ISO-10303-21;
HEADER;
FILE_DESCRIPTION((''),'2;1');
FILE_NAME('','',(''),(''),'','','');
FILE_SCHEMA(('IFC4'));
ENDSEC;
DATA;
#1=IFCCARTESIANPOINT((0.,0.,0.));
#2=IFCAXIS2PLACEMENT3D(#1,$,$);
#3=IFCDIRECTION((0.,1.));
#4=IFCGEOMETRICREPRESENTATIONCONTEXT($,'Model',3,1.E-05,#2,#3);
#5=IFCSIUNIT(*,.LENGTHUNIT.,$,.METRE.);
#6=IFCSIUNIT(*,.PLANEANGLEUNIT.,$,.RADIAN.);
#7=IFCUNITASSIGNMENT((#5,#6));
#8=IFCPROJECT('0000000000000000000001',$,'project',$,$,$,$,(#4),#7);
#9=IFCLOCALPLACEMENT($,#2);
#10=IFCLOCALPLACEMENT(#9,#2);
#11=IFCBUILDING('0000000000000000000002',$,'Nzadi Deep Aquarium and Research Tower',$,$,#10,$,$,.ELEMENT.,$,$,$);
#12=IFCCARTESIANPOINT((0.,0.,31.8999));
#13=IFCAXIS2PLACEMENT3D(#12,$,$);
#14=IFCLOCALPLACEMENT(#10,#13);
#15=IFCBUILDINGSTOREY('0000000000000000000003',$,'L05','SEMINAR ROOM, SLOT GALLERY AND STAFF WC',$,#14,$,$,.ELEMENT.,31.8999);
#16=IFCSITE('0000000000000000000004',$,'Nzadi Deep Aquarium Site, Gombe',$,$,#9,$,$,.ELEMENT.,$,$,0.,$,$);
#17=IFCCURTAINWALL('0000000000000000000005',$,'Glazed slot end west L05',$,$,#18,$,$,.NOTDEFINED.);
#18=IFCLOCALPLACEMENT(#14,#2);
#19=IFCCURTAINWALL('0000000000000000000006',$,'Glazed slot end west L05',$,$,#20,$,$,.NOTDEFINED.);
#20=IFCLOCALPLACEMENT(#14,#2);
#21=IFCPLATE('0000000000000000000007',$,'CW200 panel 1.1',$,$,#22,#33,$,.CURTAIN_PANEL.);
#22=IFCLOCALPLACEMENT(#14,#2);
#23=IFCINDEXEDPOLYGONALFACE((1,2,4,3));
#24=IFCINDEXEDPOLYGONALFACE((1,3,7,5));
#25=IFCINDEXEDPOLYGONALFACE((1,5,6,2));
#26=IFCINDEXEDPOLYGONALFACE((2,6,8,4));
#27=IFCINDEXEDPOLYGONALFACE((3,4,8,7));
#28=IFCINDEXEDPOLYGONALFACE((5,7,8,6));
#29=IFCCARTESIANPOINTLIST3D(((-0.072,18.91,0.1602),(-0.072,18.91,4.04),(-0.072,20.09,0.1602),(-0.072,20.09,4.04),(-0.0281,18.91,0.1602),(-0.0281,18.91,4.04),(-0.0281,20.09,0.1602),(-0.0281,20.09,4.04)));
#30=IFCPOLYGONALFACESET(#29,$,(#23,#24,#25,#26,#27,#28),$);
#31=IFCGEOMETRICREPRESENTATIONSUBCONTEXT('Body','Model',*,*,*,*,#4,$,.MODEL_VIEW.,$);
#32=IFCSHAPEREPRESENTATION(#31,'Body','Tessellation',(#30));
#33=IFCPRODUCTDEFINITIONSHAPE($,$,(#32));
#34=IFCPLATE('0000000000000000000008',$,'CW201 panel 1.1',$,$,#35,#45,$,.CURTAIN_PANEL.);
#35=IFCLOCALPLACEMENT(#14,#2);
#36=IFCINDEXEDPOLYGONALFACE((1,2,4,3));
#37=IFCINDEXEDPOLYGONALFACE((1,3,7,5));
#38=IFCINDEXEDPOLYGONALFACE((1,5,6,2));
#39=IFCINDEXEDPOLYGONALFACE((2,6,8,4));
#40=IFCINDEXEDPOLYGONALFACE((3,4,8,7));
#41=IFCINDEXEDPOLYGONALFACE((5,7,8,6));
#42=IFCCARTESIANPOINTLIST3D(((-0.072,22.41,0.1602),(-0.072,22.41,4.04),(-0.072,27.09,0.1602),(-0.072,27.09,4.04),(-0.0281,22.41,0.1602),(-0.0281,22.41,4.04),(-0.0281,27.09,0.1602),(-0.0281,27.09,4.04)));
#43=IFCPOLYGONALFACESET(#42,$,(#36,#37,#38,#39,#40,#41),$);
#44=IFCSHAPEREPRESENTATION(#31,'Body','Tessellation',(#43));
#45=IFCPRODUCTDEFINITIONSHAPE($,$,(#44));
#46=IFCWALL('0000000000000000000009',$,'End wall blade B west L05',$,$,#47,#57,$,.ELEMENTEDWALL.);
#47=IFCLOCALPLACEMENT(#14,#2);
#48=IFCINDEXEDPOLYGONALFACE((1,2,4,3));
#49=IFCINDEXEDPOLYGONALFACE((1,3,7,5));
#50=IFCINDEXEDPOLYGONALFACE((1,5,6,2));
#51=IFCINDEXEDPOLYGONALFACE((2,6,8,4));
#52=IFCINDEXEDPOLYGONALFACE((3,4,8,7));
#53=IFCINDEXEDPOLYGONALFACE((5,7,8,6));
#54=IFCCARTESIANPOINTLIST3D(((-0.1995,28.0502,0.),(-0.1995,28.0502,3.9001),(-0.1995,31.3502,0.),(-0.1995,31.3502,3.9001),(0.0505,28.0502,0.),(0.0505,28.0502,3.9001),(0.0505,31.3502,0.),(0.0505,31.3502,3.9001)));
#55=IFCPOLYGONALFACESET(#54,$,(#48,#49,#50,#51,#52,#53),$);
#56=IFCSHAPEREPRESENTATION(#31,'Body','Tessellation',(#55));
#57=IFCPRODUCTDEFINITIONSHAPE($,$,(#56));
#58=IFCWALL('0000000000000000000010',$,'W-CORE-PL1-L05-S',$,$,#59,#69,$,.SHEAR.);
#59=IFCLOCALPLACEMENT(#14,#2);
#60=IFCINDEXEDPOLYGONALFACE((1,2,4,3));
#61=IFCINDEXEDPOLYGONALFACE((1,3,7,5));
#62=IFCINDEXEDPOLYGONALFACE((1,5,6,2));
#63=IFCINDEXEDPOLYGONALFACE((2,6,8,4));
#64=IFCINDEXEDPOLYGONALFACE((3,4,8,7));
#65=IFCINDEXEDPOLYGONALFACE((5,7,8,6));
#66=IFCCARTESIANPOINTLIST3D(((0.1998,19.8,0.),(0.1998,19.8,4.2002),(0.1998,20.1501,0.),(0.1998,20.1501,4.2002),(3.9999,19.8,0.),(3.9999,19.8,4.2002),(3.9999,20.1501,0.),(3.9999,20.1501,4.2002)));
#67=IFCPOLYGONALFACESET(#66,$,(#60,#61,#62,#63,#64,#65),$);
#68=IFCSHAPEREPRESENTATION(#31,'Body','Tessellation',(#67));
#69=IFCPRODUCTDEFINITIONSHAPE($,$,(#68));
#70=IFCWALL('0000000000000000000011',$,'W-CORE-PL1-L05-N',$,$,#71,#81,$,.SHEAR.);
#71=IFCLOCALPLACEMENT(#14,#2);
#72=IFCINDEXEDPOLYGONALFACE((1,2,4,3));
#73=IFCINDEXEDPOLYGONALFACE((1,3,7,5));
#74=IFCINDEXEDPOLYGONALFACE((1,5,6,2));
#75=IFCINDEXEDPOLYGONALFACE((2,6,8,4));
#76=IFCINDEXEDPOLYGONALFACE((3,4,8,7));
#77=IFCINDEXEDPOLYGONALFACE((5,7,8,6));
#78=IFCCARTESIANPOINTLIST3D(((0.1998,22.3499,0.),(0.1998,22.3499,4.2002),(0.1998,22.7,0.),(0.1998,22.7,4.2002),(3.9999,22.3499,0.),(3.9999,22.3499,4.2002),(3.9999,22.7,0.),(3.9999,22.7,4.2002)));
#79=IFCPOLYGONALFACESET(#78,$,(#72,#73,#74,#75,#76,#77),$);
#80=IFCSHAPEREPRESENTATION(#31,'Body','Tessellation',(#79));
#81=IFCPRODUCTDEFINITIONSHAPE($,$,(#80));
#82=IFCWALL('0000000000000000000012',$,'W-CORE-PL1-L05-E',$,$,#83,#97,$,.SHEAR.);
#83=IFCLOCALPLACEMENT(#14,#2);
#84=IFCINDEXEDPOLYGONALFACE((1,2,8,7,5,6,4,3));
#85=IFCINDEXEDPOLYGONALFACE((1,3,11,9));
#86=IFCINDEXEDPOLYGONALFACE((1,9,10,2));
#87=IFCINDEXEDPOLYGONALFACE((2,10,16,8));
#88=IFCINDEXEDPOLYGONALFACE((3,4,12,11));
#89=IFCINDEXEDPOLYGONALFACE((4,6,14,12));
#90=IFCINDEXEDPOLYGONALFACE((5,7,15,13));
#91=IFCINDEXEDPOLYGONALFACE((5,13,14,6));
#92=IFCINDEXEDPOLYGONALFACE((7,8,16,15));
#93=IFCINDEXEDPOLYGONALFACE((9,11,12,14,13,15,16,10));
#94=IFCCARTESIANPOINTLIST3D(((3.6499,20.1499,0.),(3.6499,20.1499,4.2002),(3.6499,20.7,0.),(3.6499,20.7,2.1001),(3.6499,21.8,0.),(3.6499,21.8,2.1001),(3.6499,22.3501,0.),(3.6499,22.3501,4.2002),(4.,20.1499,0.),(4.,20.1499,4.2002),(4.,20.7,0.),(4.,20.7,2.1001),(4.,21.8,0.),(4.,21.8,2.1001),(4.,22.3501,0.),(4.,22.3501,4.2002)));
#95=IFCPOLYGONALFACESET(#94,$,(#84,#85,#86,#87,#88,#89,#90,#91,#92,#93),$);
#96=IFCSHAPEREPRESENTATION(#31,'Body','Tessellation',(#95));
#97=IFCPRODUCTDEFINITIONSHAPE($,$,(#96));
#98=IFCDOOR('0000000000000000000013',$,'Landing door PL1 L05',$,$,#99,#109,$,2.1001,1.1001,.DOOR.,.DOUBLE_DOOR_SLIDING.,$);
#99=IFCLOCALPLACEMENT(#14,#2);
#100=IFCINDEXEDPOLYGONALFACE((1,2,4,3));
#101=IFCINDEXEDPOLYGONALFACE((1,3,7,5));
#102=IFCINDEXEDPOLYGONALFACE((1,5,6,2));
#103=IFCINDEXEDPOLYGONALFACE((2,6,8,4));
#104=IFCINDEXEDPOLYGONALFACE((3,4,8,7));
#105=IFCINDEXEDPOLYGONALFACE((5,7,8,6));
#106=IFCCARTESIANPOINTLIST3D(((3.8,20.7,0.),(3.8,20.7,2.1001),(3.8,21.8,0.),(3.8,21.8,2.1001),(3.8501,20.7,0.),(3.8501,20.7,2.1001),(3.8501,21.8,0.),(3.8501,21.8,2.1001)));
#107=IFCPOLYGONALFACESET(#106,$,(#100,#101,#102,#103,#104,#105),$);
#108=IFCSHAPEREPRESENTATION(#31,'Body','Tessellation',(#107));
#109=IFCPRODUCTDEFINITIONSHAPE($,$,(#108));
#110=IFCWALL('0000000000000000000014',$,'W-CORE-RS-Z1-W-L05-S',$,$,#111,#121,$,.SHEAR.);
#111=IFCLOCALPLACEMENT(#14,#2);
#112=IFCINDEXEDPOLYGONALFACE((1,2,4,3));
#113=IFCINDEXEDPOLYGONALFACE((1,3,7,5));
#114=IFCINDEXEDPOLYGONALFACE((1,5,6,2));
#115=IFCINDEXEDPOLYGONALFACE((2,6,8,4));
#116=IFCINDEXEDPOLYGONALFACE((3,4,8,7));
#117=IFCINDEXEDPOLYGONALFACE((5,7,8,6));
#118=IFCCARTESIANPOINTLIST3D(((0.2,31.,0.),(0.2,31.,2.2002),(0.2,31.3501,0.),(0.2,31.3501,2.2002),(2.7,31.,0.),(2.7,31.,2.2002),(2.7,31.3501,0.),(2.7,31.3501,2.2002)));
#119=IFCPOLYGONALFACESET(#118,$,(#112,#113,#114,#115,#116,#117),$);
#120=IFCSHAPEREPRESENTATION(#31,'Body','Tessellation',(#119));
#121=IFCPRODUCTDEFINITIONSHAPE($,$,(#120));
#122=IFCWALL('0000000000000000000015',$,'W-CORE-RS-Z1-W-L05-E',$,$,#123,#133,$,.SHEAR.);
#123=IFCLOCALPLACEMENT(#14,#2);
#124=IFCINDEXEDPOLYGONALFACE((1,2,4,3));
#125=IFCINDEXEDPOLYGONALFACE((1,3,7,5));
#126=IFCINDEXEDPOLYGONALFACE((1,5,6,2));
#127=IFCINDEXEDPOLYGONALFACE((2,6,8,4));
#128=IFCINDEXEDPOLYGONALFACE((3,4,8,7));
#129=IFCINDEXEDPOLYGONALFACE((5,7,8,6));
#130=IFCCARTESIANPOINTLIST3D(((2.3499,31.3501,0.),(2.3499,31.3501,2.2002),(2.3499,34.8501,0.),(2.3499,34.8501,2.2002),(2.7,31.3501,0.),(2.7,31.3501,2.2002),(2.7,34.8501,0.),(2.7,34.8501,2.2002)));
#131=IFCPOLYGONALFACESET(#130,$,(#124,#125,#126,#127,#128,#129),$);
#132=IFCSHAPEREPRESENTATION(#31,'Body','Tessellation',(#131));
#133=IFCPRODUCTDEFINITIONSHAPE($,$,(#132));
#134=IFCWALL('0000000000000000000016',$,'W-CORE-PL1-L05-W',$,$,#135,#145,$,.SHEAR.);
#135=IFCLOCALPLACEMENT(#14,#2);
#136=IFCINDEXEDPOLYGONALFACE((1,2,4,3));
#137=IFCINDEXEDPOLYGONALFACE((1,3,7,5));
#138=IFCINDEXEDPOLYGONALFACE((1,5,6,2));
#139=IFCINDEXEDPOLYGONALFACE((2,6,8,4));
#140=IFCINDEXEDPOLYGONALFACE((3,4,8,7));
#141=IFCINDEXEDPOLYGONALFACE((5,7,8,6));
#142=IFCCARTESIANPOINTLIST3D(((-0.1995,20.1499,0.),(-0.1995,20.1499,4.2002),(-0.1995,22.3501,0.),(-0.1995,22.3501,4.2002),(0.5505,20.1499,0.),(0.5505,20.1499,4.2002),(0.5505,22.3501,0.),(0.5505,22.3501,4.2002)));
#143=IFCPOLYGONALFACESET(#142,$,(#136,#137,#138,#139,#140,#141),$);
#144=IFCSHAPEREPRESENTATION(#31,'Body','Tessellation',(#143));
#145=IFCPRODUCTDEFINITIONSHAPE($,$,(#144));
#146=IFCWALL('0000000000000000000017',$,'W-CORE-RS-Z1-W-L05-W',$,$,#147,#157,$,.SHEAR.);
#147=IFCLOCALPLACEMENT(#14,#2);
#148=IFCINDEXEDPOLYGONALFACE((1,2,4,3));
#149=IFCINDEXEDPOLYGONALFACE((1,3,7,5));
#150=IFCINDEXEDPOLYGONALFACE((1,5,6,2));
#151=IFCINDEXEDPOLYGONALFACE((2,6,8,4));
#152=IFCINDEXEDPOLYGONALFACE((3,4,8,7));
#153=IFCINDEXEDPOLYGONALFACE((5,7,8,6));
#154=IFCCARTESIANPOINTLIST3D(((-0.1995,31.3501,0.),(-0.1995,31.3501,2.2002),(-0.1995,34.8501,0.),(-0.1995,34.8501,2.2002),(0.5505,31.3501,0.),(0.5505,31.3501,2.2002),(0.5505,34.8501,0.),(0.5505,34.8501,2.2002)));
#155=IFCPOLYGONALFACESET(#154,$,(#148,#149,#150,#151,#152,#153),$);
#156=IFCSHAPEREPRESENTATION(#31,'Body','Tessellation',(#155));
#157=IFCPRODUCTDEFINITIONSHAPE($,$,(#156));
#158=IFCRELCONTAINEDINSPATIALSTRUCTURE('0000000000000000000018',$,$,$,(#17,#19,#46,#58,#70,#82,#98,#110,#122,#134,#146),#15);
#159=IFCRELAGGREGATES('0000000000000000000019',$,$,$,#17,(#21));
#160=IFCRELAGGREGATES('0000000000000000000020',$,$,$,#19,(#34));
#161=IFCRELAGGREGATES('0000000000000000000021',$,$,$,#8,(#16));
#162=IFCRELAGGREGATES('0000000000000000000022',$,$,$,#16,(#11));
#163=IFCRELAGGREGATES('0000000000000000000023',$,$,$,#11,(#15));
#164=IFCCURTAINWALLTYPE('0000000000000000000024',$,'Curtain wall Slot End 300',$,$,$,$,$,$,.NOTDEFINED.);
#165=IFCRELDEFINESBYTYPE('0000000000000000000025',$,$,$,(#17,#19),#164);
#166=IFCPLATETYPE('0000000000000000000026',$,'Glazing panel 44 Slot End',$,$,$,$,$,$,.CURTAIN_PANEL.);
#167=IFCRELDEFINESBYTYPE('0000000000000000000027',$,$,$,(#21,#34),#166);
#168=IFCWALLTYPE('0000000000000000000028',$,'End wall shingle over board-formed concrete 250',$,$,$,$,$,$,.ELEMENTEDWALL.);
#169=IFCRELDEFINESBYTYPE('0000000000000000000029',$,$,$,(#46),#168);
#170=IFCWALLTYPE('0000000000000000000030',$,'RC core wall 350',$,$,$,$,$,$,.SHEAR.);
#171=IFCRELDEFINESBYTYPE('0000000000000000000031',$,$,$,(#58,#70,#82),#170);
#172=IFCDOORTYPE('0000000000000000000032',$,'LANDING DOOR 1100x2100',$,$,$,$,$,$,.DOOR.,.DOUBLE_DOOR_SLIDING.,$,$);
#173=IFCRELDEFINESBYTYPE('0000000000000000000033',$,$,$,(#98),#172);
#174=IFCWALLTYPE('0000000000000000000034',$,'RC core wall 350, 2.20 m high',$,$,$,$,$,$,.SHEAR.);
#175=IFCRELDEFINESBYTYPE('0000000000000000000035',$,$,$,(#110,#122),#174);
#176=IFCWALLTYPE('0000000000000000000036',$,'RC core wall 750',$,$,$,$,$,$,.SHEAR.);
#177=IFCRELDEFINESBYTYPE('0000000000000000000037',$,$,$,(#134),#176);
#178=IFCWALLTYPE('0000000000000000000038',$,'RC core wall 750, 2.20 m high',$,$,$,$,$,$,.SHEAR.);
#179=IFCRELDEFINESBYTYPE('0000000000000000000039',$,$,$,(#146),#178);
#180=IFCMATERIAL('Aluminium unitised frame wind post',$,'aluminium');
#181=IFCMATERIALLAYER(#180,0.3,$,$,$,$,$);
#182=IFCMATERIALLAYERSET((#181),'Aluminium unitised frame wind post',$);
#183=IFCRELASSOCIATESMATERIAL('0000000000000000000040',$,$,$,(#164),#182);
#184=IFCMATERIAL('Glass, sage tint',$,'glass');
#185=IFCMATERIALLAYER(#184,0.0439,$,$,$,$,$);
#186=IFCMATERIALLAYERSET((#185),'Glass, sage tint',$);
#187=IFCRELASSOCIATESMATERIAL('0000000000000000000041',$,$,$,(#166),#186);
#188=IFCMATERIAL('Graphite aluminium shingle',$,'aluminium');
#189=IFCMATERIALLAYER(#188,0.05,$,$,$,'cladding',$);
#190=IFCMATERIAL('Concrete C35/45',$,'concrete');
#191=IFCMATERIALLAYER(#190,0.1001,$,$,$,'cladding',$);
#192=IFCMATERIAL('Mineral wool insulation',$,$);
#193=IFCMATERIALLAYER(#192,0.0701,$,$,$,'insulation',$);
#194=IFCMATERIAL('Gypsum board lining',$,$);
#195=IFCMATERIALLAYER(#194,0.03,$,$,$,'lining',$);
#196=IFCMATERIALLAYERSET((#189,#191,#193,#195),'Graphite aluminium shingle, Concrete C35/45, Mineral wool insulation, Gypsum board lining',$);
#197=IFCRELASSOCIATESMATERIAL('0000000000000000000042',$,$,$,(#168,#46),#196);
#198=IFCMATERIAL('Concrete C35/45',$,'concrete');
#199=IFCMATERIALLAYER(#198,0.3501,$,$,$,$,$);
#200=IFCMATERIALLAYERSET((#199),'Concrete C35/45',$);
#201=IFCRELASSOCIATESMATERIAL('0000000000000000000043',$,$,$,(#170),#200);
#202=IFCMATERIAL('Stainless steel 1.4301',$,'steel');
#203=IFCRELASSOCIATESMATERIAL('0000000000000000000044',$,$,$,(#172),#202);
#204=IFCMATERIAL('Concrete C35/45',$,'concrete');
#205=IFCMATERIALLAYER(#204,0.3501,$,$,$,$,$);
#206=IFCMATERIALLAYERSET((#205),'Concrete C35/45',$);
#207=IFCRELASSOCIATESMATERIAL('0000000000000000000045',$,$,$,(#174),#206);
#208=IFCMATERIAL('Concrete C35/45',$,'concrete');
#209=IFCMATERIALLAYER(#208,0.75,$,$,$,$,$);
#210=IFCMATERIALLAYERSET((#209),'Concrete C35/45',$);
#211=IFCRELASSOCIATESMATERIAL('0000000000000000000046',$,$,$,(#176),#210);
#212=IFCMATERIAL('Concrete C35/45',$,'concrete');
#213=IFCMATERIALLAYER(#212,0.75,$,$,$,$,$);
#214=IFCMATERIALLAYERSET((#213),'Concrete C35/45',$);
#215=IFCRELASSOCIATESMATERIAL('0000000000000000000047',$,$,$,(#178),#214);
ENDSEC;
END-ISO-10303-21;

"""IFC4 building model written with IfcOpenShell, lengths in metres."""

from ifc_helpers import new_model, si_unit, direction, frame, frame_2d, origin, origin_2d, place, context, subcontext, project, spatial, rectangle, extrude, material, layer, layer_set, layer_usage, type_object, element, fill, aggregate, save


model = new_model("IFC4")

# Units and contexts
model_context = context("Model", 3, precision=1e-05, world=origin(), true_north=direction((0.0, 1.0)))
body_context = subcontext(model_context, "Body", "Model", "MODEL_VIEW")
ifc_project = project(units=[si_unit("LENGTHUNIT", "METRE"), si_unit("PLANEANGLEUNIT", "RADIAN")], contexts=[model_context])

# Site, building, storey
site_placement = place(None, origin())
site = spatial("IfcSite", under=ifc_project, at=site_placement, Name="Nzadi Deep Aquarium Site, Gombe", CompositionType="ELEMENT", RefElevation=0.0)
building_placement = place(site_placement, origin())
building = spatial("IfcBuilding", under=site, at=building_placement, Name="Nzadi Deep Aquarium and Research Tower", CompositionType="ELEMENT")
storey_placement = place(building_placement, frame((0.0, 0.0, 31.8999)))
storey = spatial("IfcBuildingStorey", under=building, at=storey_placement, Name="L05", Description="SEMINAR ROOM, SLOT GALLERY AND STAFF WC", CompositionType="ELEMENT", Elevation=31.8999)

# Curtain walls
ifc_material_1 = material(Name="Aluminium unitised frame wind post", Category="aluminium")
ifc_layer_1 = layer(ifc_material_1, 0.3)
ifc_layer_set_1 = layer_set([ifc_layer_1], Name="Aluminium unitised frame wind post")
curtain_wall_type_1 = type_object("IfcCurtainWallType", Name="Curtain wall Slot End 300", PredefinedType="NOTDEFINED", material=ifc_layer_set_1)
curtain_wall_1_placement = place(storey_placement, origin())
curtain_wall_1 = element("IfcCurtainWall", 1, at=curtain_wall_1_placement, inside=storey, type_object=curtain_wall_type_1, Name="Glazed slot end west L05", PredefinedType="NOTDEFINED")
curtain_wall_2_placement = place(storey_placement, origin())
curtain_wall_2 = element("IfcCurtainWall", 2, at=curtain_wall_2_placement, inside=storey, type_object=curtain_wall_type_1, Name="Glazed slot end west L05", PredefinedType="NOTDEFINED")

# Plates
ifc_material_2 = material(Name="Glass, sage tint", Category="glass")
ifc_layer_2 = layer(ifc_material_2, 0.0439)
ifc_layer_set_2 = layer_set([ifc_layer_2], Name="Glass, sage tint")
plate_type_1 = type_object("IfcPlateType", Name="Glazing panel 44 Slot End", PredefinedType="CURTAIN_PANEL", material=ifc_layer_set_2)
plate_1_placement = place(storey_placement, frame((-0.05, 19.5, 0.1602), z_axis=(0.0, 0.0, 1.0), x_axis=(0.0, 1.0, 0.0)))
plate_1 = element("IfcPlate", 3, at=plate_1_placement, type_object=plate_type_1, Name="CW200 panel 1.1", PredefinedType="CURTAIN_PANEL", context=body_context, shape_type="SweptSolid", body=[
    extrude(rectangle(XDim=1.1799, YDim=0.0439, at=origin_2d()), origin(), (0.0, 0.0, 1.0), 3.8799),
])
aggregate(curtain_wall_1, [plate_1])
plate_2_placement = place(storey_placement, frame((-0.05, 24.75, 0.1602), z_axis=(0.0, 0.0, 1.0), x_axis=(0.0, 1.0, 0.0)))
plate_2 = element("IfcPlate", 4, at=plate_2_placement, type_object=plate_type_1, Name="CW201 panel 1.1", PredefinedType="CURTAIN_PANEL", context=body_context, shape_type="SweptSolid", body=[
    extrude(rectangle(XDim=4.6799, YDim=0.0439, at=origin_2d()), origin(), (0.0, 0.0, 1.0), 3.8799),
])
aggregate(curtain_wall_2, [plate_2])

# Walls
ifc_material_3 = material(Name="Graphite aluminium shingle", Category="aluminium")
ifc_layer_3 = layer(ifc_material_3, 0.05, Category="cladding")
ifc_material_4 = material(Name="Concrete C35/45", Category="concrete")
ifc_layer_4 = layer(ifc_material_4, 0.1001, Category="cladding")
ifc_material_5 = material(Name="Mineral wool insulation")
ifc_layer_5 = layer(ifc_material_5, 0.0701, Category="insulation")
ifc_material_6 = material(Name="Gypsum board lining")
ifc_layer_6 = layer(ifc_material_6, 0.03, Category="lining")
ifc_layer_set_3 = layer_set([ifc_layer_3, ifc_layer_4, ifc_layer_5, ifc_layer_6], Name="Graphite aluminium shingle, Concrete C35/45, Mineral wool insulation, Gypsum board lining")
ifc_layer_usage = layer_usage(ifc_layer_set_3, "AXIS2", "POSITIVE", -0.125)
wall_type_1 = type_object("IfcWallType", Name="End wall shingle over board-formed concrete 250", PredefinedType="ELEMENTEDWALL", material=ifc_layer_set_3)
wall_1_placement = place(storey_placement, frame((-0.0745, 31.3501, 0.0), z_axis=(0.0, 0.0, 1.0), x_axis=(0.0, -1.0, 0.0)))
element("IfcWall", 5, at=wall_1_placement, inside=storey, type_object=wall_type_1, material=ifc_layer_usage, Name="End wall blade B west L05", PredefinedType="ELEMENTEDWALL", context=body_context, shape_type="SweptSolid", body=[
    extrude(rectangle(XDim=3.3, YDim=0.25, at=frame_2d((1.6499, 0.0))), origin(), (0.0, 0.0, 1.0), 3.9001),
])
ifc_material_7 = material(Name="Concrete C35/45", Category="concrete")
ifc_layer_7 = layer(ifc_material_7, 0.3501)
ifc_layer_set_4 = layer_set([ifc_layer_7], Name="Concrete C35/45")
wall_type_2 = type_object("IfcWallType", Name="RC core wall 350", PredefinedType="SHEAR", material=ifc_layer_set_4)
for number, where, z_axis, x_axis, name in (
    (6, (0.2, 19.9751, 0.0), (0.0, 0.0, 1.0), (1.0, 0.0, 0.0), "W-CORE-PL1-L05-S"),
    (7, (0.2, 22.5249, 0.0), (0.0, 0.0, 1.0), (1.0, 0.0, 0.0), "W-CORE-PL1-L05-N"),
):
    element("IfcWall", number, at=place(storey_placement, frame(where, z_axis=z_axis, x_axis=x_axis)), inside=storey, type_object=wall_type_2, Name=name, PredefinedType="SHEAR", context=body_context, shape_type="SweptSolid", body=[
        extrude(rectangle(XDim=3.8, YDim=0.3501, at=frame_2d((1.8999, 0.0))), origin(), (0.0, 0.0, 1.0), 4.2002),
    ])

# Wall, opening, door
wall_2_placement = place(storey_placement, frame((3.825, 20.1499, 0.0), z_axis=(0.0, 0.0, 1.0), x_axis=(0.0, 1.0, 0.0)))
wall_2 = element("IfcWall", 8, at=wall_2_placement, inside=storey, type_object=wall_type_2, Name="W-CORE-PL1-L05-E", PredefinedType="SHEAR", context=body_context, shape_type="SweptSolid", body=[
    extrude(rectangle(XDim=2.2002, YDim=0.3501, at=frame_2d((1.1001, 0.0))), origin(), (0.0, 0.0, 1.0), 4.2002),
])
opening_placement = place(wall_2_placement, frame((0.55, 0.0, 0.0)))
opening = element("IfcOpeningElement", 9, at=opening_placement, cuts=wall_2, PredefinedType="OPENING", context=body_context, shape_type="SweptSolid", body=[
    extrude(rectangle(XDim=1.1001, YDim=2.1001, at=frame_2d((0.55, 1.05))), frame((0.0, 0.1851, 0.0), z_axis=(0.0, -1.0, 0.0), x_axis=(1.0, 0.0, 0.0)), (0.0, 0.0, 1.0), 0.3701),
])
ifc_material_8 = material(Name="Stainless steel 1.4301", Category="steel")
door_type = type_object("IfcDoorType", Name="LANDING DOOR 1100x2100", OperationType="DOUBLE_DOOR_SLIDING", PredefinedType="DOOR", material=ifc_material_8)
door_placement = place(opening_placement, origin())
door = element("IfcDoor", 10, at=door_placement, inside=storey, type_object=door_type, Name="Landing door PL1 L05", OperationType="DOUBLE_DOOR_SLIDING", OverallHeight=2.1001, OverallWidth=1.1001, PredefinedType="DOOR", context=body_context, shape_type="SweptSolid", body=[
    extrude(rectangle(XDim=1.1001, YDim=2.1001, at=frame_2d((0.55, 1.05))), frame((0.0, 0.0249, 0.0), z_axis=(0.0, -1.0, 0.0), x_axis=(1.0, 0.0, 0.0)), (0.0, 0.0, 1.0), 0.05),
])
fill(opening, door)

# Walls
ifc_material_9 = material(Name="Concrete C35/45", Category="concrete")
ifc_layer_8 = layer(ifc_material_9, 0.3501)
ifc_layer_set_5 = layer_set([ifc_layer_8], Name="Concrete C35/45")
wall_type_3 = type_object("IfcWallType", Name="RC core wall 350, 2.20 m high", PredefinedType="SHEAR", material=ifc_layer_set_5)
wall_3_placement = place(storey_placement, frame((0.2, 31.175, 0.0), z_axis=(0.0, 0.0, 1.0), x_axis=(1.0, 0.0, 0.0)))
element("IfcWall", 11, at=wall_3_placement, inside=storey, type_object=wall_type_3, Name="W-CORE-RS-Z1-W-L05-S", PredefinedType="SHEAR", context=body_context, shape_type="SweptSolid", body=[
    extrude(rectangle(XDim=2.5, YDim=0.3501, at=frame_2d((1.25, 0.0))), origin(), (0.0, 0.0, 1.0), 2.2002),
])
wall_4_placement = place(storey_placement, frame((2.5249, 31.3501, 0.0), z_axis=(0.0, 0.0, 1.0), x_axis=(0.0, 1.0, 0.0)))
element("IfcWall", 12, at=wall_4_placement, inside=storey, type_object=wall_type_3, Name="W-CORE-RS-Z1-W-L05-E", PredefinedType="SHEAR", context=body_context, shape_type="SweptSolid", body=[
    extrude(rectangle(XDim=3.5, YDim=0.3501, at=frame_2d((1.75, 0.0))), origin(), (0.0, 0.0, 1.0), 2.2002),
])
ifc_material_10 = material(Name="Concrete C35/45", Category="concrete")
ifc_layer_9 = layer(ifc_material_10, 0.75)
ifc_layer_set_6 = layer_set([ifc_layer_9], Name="Concrete C35/45")
wall_type_4 = type_object("IfcWallType", Name="RC core wall 750", PredefinedType="SHEAR", material=ifc_layer_set_6)
wall_5_placement = place(storey_placement, frame((0.1755, 20.1499, 0.0), z_axis=(0.0, 0.0, 1.0), x_axis=(0.0, 1.0, 0.0)))
element("IfcWall", 13, at=wall_5_placement, inside=storey, type_object=wall_type_4, Name="W-CORE-PL1-L05-W", PredefinedType="SHEAR", context=body_context, shape_type="SweptSolid", body=[
    extrude(rectangle(XDim=2.2002, YDim=0.75, at=frame_2d((1.1001, 0.0))), origin(), (0.0, 0.0, 1.0), 4.2002),
])
ifc_material_11 = material(Name="Concrete C35/45", Category="concrete")
ifc_layer_10 = layer(ifc_material_11, 0.75)
ifc_layer_set_7 = layer_set([ifc_layer_10], Name="Concrete C35/45")
wall_type_5 = type_object("IfcWallType", Name="RC core wall 750, 2.20 m high", PredefinedType="SHEAR", material=ifc_layer_set_7)
wall_6_placement = place(storey_placement, frame((0.1755, 31.3501, 0.0), z_axis=(0.0, 0.0, 1.0), x_axis=(0.0, 1.0, 0.0)))
element("IfcWall", 14, at=wall_6_placement, inside=storey, type_object=wall_type_5, Name="W-CORE-RS-Z1-W-L05-W", PredefinedType="SHEAR", context=body_context, shape_type="SweptSolid", body=[
    extrude(rectangle(XDim=3.5, YDim=0.75, at=frame_2d((1.75, 0.0))), origin(), (0.0, 0.0, 1.0), 2.2002),
])

save(model, "model.ifc")
